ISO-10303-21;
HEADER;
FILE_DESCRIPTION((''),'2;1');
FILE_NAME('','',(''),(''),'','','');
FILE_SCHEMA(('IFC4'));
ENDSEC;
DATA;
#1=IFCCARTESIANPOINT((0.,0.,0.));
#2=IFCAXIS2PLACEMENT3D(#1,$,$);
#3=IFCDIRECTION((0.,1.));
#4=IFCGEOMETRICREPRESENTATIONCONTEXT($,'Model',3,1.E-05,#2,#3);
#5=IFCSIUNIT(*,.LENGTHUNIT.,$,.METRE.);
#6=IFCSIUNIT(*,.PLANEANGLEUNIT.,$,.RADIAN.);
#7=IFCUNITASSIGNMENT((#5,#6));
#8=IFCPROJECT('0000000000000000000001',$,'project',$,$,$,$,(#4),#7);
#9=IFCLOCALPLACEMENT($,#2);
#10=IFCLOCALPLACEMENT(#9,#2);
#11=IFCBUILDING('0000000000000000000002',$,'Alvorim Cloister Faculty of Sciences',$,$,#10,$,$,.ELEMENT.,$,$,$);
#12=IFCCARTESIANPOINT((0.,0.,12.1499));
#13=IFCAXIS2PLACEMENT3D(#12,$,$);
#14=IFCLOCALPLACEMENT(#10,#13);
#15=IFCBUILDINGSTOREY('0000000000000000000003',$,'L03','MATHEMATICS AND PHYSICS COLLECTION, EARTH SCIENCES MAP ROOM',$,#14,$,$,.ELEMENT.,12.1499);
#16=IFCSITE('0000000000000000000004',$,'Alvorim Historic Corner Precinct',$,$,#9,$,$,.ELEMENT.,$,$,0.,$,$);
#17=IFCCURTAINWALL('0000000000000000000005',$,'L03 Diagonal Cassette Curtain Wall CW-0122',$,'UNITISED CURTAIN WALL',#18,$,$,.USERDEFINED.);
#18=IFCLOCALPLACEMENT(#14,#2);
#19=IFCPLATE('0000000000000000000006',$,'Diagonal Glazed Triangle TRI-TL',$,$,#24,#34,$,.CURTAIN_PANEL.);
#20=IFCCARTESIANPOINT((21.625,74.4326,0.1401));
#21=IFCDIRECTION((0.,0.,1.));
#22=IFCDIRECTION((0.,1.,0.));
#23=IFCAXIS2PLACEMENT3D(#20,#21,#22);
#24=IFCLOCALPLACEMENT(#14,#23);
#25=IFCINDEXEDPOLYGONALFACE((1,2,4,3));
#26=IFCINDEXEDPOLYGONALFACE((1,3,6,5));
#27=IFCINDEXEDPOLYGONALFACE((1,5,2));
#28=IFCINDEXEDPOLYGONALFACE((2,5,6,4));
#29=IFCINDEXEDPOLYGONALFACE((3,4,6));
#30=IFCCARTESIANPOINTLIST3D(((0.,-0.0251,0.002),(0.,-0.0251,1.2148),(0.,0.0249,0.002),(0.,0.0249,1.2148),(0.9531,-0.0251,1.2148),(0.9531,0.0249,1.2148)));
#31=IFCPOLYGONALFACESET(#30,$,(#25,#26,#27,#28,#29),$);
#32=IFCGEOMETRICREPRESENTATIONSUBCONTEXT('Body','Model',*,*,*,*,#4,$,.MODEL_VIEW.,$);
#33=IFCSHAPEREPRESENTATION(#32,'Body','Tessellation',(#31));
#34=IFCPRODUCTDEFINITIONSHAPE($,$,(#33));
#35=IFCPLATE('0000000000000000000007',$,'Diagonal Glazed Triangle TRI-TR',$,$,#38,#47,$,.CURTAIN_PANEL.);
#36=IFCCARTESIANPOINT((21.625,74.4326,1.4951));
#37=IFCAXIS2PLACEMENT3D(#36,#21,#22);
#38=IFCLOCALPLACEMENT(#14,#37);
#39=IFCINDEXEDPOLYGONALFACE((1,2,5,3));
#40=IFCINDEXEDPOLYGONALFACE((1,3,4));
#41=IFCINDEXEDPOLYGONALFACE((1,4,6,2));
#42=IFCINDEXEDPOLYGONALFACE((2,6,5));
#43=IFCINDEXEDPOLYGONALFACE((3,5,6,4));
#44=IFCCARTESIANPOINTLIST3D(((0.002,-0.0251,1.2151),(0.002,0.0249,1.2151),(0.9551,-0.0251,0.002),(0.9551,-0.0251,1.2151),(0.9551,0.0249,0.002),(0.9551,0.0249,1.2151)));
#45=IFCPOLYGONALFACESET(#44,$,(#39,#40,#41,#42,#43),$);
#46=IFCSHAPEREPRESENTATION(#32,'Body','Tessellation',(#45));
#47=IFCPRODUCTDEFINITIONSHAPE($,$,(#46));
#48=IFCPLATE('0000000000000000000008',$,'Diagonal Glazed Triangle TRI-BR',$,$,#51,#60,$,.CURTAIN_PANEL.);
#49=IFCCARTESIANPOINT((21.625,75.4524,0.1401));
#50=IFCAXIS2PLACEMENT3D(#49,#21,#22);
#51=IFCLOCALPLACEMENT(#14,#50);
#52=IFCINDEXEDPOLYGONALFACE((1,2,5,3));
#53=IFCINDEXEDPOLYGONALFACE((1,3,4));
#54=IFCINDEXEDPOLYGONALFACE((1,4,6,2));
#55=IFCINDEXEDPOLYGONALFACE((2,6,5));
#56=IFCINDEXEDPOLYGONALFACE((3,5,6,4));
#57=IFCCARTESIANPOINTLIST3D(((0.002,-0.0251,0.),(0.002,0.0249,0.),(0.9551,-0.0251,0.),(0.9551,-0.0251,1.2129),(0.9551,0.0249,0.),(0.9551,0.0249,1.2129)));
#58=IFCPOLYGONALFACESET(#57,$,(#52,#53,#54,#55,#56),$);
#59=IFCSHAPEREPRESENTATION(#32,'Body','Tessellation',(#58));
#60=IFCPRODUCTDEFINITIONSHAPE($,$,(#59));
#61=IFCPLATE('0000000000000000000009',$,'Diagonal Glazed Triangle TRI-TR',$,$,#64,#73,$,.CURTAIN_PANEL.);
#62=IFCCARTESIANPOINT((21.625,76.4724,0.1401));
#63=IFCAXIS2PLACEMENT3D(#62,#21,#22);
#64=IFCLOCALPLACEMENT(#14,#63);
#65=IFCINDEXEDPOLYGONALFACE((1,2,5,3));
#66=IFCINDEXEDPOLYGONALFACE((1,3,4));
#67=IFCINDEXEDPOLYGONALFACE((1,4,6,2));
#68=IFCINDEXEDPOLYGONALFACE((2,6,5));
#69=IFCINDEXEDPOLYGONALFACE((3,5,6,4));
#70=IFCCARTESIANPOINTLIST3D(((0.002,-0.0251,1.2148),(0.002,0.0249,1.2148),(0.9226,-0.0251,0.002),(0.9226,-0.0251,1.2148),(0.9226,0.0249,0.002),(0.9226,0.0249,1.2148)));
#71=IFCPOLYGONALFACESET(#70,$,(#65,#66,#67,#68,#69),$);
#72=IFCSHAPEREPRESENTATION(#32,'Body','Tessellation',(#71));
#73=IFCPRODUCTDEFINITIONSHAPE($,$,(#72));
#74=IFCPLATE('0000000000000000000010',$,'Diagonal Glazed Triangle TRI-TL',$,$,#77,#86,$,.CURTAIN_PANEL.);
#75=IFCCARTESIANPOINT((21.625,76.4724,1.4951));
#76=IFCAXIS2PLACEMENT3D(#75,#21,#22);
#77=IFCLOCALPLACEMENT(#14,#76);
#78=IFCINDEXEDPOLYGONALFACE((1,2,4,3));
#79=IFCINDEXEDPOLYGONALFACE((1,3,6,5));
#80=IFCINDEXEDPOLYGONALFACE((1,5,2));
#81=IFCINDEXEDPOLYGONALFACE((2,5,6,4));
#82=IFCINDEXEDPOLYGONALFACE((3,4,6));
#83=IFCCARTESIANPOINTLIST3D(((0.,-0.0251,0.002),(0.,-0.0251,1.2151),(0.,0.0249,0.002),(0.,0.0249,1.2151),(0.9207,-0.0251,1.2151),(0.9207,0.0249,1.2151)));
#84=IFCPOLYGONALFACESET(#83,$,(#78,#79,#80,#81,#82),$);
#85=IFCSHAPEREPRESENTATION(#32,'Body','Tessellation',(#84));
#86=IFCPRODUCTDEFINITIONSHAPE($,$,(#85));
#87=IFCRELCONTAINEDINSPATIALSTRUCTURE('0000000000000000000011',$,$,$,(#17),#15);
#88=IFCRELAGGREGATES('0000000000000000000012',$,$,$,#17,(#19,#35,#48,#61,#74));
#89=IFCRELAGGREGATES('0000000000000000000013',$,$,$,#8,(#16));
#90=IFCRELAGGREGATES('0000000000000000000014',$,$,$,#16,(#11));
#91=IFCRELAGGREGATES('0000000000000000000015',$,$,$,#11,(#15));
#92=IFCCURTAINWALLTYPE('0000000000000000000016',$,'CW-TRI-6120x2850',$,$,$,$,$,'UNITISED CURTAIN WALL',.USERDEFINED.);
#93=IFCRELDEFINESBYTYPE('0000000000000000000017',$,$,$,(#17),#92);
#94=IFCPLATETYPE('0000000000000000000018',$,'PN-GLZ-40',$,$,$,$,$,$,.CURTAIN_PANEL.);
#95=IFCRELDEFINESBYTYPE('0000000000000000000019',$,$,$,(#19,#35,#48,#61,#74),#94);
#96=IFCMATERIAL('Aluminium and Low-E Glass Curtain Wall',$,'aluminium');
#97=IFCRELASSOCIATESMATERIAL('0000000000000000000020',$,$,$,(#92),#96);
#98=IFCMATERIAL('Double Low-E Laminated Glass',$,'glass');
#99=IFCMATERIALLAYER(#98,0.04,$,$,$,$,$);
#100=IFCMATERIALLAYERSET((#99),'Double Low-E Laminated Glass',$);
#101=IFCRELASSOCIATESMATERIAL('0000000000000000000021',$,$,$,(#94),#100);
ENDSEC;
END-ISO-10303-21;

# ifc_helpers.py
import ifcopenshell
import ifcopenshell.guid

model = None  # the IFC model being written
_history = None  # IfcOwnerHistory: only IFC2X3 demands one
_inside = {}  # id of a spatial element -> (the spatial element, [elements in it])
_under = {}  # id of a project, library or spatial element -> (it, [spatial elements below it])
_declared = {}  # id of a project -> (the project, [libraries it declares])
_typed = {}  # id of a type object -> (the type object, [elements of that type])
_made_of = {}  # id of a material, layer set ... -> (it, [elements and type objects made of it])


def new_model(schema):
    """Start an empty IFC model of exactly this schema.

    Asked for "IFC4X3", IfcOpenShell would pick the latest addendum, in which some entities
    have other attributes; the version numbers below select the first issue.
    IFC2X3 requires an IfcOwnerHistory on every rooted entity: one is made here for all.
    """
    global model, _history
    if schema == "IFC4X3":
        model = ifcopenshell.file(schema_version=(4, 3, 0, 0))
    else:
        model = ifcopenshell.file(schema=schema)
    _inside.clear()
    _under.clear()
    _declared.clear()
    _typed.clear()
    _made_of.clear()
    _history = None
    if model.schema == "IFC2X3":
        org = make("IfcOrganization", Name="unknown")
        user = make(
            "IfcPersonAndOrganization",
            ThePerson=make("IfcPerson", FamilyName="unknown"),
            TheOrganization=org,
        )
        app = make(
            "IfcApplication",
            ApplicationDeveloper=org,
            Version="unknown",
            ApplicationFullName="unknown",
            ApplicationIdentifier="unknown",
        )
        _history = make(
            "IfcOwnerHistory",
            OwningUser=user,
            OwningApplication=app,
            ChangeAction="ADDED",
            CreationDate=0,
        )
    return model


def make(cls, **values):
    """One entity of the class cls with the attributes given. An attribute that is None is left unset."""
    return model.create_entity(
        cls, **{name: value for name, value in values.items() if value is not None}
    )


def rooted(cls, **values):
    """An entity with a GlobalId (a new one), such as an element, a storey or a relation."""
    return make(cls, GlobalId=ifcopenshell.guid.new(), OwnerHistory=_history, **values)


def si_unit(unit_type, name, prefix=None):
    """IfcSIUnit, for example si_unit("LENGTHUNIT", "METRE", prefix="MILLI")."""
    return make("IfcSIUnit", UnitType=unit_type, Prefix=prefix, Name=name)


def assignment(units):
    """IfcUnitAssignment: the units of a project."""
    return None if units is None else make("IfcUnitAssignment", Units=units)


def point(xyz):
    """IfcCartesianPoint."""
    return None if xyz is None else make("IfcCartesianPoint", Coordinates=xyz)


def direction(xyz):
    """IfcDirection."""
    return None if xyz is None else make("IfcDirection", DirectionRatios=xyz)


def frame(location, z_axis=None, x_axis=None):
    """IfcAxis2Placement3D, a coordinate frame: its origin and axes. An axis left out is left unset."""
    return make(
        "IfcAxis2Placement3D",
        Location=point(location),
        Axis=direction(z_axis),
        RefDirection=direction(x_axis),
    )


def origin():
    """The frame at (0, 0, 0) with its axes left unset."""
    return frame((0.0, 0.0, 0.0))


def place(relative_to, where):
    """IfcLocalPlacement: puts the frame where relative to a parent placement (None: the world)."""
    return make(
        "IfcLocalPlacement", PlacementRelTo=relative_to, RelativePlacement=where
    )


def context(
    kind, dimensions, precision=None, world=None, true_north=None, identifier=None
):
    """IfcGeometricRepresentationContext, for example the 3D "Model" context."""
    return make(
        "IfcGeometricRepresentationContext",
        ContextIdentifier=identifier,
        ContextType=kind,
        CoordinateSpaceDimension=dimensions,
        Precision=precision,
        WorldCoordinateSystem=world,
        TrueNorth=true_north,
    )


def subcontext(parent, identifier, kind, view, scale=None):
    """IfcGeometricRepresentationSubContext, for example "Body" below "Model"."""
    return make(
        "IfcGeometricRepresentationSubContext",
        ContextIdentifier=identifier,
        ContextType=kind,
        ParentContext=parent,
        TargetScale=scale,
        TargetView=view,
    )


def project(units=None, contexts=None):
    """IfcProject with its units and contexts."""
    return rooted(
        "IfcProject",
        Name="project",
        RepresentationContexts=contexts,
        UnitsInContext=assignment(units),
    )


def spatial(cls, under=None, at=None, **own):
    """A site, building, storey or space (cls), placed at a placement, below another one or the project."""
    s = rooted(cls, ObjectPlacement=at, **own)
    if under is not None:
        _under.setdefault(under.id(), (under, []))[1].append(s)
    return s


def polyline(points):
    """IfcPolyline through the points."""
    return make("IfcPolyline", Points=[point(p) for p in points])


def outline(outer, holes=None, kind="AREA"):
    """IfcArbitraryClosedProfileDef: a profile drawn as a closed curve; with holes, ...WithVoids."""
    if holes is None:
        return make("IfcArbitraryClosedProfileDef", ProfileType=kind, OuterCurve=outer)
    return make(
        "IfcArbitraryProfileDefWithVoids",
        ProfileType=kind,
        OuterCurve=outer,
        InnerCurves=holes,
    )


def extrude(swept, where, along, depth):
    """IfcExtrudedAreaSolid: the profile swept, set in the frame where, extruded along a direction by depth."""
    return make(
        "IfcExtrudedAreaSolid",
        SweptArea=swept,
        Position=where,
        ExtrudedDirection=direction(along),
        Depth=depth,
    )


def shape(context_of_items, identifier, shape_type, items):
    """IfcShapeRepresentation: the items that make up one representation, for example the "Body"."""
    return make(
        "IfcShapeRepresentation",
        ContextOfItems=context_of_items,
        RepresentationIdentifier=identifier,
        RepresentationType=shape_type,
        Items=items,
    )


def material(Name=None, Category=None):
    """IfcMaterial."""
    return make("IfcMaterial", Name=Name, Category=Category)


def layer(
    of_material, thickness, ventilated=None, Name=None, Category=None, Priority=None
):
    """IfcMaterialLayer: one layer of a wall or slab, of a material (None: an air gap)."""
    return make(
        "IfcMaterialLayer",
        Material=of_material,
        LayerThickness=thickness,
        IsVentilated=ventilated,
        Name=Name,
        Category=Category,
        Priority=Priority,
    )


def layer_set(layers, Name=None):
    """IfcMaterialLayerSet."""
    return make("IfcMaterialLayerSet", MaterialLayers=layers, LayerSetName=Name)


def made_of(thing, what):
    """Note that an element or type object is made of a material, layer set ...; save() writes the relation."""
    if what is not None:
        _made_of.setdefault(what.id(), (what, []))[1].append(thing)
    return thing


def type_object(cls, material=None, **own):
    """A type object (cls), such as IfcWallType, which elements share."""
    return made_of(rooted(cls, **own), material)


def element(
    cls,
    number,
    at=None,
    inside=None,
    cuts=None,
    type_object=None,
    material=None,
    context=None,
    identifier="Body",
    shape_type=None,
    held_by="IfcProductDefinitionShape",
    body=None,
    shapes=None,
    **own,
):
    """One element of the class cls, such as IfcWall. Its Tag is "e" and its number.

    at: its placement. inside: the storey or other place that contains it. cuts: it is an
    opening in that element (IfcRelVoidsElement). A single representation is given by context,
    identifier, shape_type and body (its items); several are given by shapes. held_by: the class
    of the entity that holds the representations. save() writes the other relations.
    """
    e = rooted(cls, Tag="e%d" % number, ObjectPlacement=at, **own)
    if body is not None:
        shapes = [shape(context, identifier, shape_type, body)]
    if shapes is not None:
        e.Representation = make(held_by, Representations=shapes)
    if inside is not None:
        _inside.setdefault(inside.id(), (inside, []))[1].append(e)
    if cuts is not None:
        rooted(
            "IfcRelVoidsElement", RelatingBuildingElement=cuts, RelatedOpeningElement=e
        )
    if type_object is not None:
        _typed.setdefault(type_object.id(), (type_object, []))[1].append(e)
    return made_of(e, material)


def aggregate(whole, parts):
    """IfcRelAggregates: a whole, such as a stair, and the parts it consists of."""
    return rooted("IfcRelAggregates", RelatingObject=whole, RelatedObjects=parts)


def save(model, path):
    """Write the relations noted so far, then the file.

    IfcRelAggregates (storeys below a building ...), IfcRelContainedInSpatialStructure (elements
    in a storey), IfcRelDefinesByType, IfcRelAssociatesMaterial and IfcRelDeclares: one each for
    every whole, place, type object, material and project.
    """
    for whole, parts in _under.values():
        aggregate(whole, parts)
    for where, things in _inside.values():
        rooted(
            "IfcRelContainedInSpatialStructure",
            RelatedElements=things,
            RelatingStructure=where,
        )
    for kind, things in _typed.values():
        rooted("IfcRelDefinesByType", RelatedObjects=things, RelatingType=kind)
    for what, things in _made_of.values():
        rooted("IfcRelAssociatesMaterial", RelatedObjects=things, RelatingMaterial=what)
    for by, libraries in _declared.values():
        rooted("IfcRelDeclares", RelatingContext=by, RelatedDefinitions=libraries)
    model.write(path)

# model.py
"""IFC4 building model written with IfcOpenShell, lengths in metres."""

from ifc_helpers import new_model, si_unit, direction, frame, origin, place, context, subcontext, project, spatial, polyline, outline, extrude, material, layer, layer_set, type_object, element, aggregate, save


model = new_model("IFC4")

# Units and contexts
model_context = context("Model", 3, precision=1e-05, world=origin(), true_north=direction((0.0, 1.0)))
body_context = subcontext(model_context, "Body", "Model", "MODEL_VIEW")
ifc_project = project(units=[si_unit("LENGTHUNIT", "METRE"), si_unit("PLANEANGLEUNIT", "RADIAN")], contexts=[model_context])

# Site, building, storey
site_placement = place(None, origin())
site = spatial("IfcSite", under=ifc_project, at=site_placement, Name="Alvorim Historic Corner Precinct", CompositionType="ELEMENT", RefElevation=0.0)
building_placement = place(site_placement, origin())
building = spatial("IfcBuilding", under=site, at=building_placement, Name="Alvorim Cloister Faculty of Sciences", CompositionType="ELEMENT")
storey_placement = place(building_placement, frame((0.0, 0.0, 12.1499)))
storey = spatial("IfcBuildingStorey", under=building, at=storey_placement, Name="L03", Description="MATHEMATICS AND PHYSICS COLLECTION, EARTH SCIENCES MAP ROOM", CompositionType="ELEMENT", Elevation=12.1499)

# Shared definitions
ifc_material_1 = material(Name="Aluminium and Low-E Glass Curtain Wall", Category="aluminium")
curtain_wall_type = type_object("IfcCurtainWallType", Name="CW-TRI-6120x2850", ElementType="UNITISED CURTAIN WALL", PredefinedType="USERDEFINED", material=ifc_material_1)

# Curtain wall, plates
curtain_wall_1_placement = place(storey_placement, origin())
curtain_wall_1 = element("IfcCurtainWall", 1, at=curtain_wall_1_placement, inside=storey, type_object=curtain_wall_type, Name="L03 Diagonal Cassette Curtain Wall CW-0122", ObjectType="UNITISED CURTAIN WALL", PredefinedType="USERDEFINED")
ifc_material_2 = material(Name="Double Low-E Laminated Glass", Category="glass")
ifc_layer_1 = layer(ifc_material_2, 0.04)
ifc_layer_set_1 = layer_set([ifc_layer_1], Name="Double Low-E Laminated Glass")
plate_type = type_object("IfcPlateType", Name="PN-GLZ-40", PredefinedType="CURTAIN_PANEL", material=ifc_layer_set_1)
plate_1_placement = place(storey_placement, frame((21.625, 74.4326, 0.1401), z_axis=(0.0, 0.0, 1.0), x_axis=(0.0, 1.0, 0.0)))
plate_1 = element("IfcPlate", 2, at=plate_1_placement, type_object=plate_type, Name="Diagonal Glazed Triangle TRI-TL", PredefinedType="CURTAIN_PANEL", context=body_context, shape_type="SweptSolid", body=[
    extrude(outline(polyline([(0.9531, 1.2148), (0.0, 1.2148), (0.0, 0.002), (0.9531, 1.2148)])), frame((0.0, 0.0249, 0.0), z_axis=(0.0, -1.0, 0.0), x_axis=(1.0, 0.0, 0.0)), (0.0, 0.0, 1.0), 0.05),
])
plate_2_placement = place(storey_placement, frame((21.625, 74.4326, 1.4951), z_axis=(0.0, 0.0, 1.0), x_axis=(0.0, 1.0, 0.0)))
plate_2 = element("IfcPlate", 3, at=plate_2_placement, type_object=plate_type, Name="Diagonal Glazed Triangle TRI-TR", PredefinedType="CURTAIN_PANEL", context=body_context, shape_type="SweptSolid", body=[
    extrude(outline(polyline([(0.9551, 0.002), (0.9551, 1.2151), (0.002, 1.2151), (0.9551, 0.002)])), frame((0.0, 0.0249, 0.0), z_axis=(0.0, -1.0, 0.0), x_axis=(1.0, 0.0, 0.0)), (0.0, 0.0, 1.0), 0.05),
])
plate_3_placement = place(storey_placement, frame((21.625, 75.4524, 0.1401), z_axis=(0.0, 0.0, 1.0), x_axis=(0.0, 1.0, 0.0)))
plate_3 = element("IfcPlate", 4, at=plate_3_placement, type_object=plate_type, Name="Diagonal Glazed Triangle TRI-BR", PredefinedType="CURTAIN_PANEL", context=body_context, shape_type="SweptSolid", body=[
    extrude(outline(polyline([(0.002, 0.0), (0.9551, 0.0), (0.9551, 1.2129), (0.002, 0.0)])), frame((0.0, 0.0249, 0.0), z_axis=(0.0, -1.0, 0.0), x_axis=(1.0, 0.0, 0.0)), (0.0, 0.0, 1.0), 0.05),
])
plate_4_placement = place(storey_placement, frame((21.625, 76.4724, 0.1401), z_axis=(0.0, 0.0, 1.0), x_axis=(0.0, 1.0, 0.0)))
plate_4 = element("IfcPlate", 5, at=plate_4_placement, type_object=plate_type, Name="Diagonal Glazed Triangle TRI-TR", PredefinedType="CURTAIN_PANEL", context=body_context, shape_type="SweptSolid", body=[
    extrude(outline(polyline([(0.9226, 0.002), (0.9226, 1.2148), (0.002, 1.2148), (0.9226, 0.002)])), frame((0.0, 0.0249, 0.0), z_axis=(0.0, -1.0, 0.0), x_axis=(1.0, 0.0, 0.0)), (0.0, 0.0, 1.0), 0.05),
])
plate_5_placement = place(storey_placement, frame((21.625, 76.4724, 1.4951), z_axis=(0.0, 0.0, 1.0), x_axis=(0.0, 1.0, 0.0)))
plate_5 = element("IfcPlate", 6, at=plate_5_placement, type_object=plate_type, Name="Diagonal Glazed Triangle TRI-TL", PredefinedType="CURTAIN_PANEL", context=body_context, shape_type="SweptSolid", body=[
    extrude(outline(polyline([(0.9207, 1.2151), (0.0, 1.2151), (0.0, 0.002), (0.9207, 1.2151)])), frame((0.0, 0.0249, 0.0), z_axis=(0.0, -1.0, 0.0), x_axis=(1.0, 0.0, 0.0)), (0.0, 0.0, 1.0), 0.05),
])
aggregate(curtain_wall_1, [plate_1, plate_2, plate_3, plate_4, plate_5])

save(model, "model.ifc")
